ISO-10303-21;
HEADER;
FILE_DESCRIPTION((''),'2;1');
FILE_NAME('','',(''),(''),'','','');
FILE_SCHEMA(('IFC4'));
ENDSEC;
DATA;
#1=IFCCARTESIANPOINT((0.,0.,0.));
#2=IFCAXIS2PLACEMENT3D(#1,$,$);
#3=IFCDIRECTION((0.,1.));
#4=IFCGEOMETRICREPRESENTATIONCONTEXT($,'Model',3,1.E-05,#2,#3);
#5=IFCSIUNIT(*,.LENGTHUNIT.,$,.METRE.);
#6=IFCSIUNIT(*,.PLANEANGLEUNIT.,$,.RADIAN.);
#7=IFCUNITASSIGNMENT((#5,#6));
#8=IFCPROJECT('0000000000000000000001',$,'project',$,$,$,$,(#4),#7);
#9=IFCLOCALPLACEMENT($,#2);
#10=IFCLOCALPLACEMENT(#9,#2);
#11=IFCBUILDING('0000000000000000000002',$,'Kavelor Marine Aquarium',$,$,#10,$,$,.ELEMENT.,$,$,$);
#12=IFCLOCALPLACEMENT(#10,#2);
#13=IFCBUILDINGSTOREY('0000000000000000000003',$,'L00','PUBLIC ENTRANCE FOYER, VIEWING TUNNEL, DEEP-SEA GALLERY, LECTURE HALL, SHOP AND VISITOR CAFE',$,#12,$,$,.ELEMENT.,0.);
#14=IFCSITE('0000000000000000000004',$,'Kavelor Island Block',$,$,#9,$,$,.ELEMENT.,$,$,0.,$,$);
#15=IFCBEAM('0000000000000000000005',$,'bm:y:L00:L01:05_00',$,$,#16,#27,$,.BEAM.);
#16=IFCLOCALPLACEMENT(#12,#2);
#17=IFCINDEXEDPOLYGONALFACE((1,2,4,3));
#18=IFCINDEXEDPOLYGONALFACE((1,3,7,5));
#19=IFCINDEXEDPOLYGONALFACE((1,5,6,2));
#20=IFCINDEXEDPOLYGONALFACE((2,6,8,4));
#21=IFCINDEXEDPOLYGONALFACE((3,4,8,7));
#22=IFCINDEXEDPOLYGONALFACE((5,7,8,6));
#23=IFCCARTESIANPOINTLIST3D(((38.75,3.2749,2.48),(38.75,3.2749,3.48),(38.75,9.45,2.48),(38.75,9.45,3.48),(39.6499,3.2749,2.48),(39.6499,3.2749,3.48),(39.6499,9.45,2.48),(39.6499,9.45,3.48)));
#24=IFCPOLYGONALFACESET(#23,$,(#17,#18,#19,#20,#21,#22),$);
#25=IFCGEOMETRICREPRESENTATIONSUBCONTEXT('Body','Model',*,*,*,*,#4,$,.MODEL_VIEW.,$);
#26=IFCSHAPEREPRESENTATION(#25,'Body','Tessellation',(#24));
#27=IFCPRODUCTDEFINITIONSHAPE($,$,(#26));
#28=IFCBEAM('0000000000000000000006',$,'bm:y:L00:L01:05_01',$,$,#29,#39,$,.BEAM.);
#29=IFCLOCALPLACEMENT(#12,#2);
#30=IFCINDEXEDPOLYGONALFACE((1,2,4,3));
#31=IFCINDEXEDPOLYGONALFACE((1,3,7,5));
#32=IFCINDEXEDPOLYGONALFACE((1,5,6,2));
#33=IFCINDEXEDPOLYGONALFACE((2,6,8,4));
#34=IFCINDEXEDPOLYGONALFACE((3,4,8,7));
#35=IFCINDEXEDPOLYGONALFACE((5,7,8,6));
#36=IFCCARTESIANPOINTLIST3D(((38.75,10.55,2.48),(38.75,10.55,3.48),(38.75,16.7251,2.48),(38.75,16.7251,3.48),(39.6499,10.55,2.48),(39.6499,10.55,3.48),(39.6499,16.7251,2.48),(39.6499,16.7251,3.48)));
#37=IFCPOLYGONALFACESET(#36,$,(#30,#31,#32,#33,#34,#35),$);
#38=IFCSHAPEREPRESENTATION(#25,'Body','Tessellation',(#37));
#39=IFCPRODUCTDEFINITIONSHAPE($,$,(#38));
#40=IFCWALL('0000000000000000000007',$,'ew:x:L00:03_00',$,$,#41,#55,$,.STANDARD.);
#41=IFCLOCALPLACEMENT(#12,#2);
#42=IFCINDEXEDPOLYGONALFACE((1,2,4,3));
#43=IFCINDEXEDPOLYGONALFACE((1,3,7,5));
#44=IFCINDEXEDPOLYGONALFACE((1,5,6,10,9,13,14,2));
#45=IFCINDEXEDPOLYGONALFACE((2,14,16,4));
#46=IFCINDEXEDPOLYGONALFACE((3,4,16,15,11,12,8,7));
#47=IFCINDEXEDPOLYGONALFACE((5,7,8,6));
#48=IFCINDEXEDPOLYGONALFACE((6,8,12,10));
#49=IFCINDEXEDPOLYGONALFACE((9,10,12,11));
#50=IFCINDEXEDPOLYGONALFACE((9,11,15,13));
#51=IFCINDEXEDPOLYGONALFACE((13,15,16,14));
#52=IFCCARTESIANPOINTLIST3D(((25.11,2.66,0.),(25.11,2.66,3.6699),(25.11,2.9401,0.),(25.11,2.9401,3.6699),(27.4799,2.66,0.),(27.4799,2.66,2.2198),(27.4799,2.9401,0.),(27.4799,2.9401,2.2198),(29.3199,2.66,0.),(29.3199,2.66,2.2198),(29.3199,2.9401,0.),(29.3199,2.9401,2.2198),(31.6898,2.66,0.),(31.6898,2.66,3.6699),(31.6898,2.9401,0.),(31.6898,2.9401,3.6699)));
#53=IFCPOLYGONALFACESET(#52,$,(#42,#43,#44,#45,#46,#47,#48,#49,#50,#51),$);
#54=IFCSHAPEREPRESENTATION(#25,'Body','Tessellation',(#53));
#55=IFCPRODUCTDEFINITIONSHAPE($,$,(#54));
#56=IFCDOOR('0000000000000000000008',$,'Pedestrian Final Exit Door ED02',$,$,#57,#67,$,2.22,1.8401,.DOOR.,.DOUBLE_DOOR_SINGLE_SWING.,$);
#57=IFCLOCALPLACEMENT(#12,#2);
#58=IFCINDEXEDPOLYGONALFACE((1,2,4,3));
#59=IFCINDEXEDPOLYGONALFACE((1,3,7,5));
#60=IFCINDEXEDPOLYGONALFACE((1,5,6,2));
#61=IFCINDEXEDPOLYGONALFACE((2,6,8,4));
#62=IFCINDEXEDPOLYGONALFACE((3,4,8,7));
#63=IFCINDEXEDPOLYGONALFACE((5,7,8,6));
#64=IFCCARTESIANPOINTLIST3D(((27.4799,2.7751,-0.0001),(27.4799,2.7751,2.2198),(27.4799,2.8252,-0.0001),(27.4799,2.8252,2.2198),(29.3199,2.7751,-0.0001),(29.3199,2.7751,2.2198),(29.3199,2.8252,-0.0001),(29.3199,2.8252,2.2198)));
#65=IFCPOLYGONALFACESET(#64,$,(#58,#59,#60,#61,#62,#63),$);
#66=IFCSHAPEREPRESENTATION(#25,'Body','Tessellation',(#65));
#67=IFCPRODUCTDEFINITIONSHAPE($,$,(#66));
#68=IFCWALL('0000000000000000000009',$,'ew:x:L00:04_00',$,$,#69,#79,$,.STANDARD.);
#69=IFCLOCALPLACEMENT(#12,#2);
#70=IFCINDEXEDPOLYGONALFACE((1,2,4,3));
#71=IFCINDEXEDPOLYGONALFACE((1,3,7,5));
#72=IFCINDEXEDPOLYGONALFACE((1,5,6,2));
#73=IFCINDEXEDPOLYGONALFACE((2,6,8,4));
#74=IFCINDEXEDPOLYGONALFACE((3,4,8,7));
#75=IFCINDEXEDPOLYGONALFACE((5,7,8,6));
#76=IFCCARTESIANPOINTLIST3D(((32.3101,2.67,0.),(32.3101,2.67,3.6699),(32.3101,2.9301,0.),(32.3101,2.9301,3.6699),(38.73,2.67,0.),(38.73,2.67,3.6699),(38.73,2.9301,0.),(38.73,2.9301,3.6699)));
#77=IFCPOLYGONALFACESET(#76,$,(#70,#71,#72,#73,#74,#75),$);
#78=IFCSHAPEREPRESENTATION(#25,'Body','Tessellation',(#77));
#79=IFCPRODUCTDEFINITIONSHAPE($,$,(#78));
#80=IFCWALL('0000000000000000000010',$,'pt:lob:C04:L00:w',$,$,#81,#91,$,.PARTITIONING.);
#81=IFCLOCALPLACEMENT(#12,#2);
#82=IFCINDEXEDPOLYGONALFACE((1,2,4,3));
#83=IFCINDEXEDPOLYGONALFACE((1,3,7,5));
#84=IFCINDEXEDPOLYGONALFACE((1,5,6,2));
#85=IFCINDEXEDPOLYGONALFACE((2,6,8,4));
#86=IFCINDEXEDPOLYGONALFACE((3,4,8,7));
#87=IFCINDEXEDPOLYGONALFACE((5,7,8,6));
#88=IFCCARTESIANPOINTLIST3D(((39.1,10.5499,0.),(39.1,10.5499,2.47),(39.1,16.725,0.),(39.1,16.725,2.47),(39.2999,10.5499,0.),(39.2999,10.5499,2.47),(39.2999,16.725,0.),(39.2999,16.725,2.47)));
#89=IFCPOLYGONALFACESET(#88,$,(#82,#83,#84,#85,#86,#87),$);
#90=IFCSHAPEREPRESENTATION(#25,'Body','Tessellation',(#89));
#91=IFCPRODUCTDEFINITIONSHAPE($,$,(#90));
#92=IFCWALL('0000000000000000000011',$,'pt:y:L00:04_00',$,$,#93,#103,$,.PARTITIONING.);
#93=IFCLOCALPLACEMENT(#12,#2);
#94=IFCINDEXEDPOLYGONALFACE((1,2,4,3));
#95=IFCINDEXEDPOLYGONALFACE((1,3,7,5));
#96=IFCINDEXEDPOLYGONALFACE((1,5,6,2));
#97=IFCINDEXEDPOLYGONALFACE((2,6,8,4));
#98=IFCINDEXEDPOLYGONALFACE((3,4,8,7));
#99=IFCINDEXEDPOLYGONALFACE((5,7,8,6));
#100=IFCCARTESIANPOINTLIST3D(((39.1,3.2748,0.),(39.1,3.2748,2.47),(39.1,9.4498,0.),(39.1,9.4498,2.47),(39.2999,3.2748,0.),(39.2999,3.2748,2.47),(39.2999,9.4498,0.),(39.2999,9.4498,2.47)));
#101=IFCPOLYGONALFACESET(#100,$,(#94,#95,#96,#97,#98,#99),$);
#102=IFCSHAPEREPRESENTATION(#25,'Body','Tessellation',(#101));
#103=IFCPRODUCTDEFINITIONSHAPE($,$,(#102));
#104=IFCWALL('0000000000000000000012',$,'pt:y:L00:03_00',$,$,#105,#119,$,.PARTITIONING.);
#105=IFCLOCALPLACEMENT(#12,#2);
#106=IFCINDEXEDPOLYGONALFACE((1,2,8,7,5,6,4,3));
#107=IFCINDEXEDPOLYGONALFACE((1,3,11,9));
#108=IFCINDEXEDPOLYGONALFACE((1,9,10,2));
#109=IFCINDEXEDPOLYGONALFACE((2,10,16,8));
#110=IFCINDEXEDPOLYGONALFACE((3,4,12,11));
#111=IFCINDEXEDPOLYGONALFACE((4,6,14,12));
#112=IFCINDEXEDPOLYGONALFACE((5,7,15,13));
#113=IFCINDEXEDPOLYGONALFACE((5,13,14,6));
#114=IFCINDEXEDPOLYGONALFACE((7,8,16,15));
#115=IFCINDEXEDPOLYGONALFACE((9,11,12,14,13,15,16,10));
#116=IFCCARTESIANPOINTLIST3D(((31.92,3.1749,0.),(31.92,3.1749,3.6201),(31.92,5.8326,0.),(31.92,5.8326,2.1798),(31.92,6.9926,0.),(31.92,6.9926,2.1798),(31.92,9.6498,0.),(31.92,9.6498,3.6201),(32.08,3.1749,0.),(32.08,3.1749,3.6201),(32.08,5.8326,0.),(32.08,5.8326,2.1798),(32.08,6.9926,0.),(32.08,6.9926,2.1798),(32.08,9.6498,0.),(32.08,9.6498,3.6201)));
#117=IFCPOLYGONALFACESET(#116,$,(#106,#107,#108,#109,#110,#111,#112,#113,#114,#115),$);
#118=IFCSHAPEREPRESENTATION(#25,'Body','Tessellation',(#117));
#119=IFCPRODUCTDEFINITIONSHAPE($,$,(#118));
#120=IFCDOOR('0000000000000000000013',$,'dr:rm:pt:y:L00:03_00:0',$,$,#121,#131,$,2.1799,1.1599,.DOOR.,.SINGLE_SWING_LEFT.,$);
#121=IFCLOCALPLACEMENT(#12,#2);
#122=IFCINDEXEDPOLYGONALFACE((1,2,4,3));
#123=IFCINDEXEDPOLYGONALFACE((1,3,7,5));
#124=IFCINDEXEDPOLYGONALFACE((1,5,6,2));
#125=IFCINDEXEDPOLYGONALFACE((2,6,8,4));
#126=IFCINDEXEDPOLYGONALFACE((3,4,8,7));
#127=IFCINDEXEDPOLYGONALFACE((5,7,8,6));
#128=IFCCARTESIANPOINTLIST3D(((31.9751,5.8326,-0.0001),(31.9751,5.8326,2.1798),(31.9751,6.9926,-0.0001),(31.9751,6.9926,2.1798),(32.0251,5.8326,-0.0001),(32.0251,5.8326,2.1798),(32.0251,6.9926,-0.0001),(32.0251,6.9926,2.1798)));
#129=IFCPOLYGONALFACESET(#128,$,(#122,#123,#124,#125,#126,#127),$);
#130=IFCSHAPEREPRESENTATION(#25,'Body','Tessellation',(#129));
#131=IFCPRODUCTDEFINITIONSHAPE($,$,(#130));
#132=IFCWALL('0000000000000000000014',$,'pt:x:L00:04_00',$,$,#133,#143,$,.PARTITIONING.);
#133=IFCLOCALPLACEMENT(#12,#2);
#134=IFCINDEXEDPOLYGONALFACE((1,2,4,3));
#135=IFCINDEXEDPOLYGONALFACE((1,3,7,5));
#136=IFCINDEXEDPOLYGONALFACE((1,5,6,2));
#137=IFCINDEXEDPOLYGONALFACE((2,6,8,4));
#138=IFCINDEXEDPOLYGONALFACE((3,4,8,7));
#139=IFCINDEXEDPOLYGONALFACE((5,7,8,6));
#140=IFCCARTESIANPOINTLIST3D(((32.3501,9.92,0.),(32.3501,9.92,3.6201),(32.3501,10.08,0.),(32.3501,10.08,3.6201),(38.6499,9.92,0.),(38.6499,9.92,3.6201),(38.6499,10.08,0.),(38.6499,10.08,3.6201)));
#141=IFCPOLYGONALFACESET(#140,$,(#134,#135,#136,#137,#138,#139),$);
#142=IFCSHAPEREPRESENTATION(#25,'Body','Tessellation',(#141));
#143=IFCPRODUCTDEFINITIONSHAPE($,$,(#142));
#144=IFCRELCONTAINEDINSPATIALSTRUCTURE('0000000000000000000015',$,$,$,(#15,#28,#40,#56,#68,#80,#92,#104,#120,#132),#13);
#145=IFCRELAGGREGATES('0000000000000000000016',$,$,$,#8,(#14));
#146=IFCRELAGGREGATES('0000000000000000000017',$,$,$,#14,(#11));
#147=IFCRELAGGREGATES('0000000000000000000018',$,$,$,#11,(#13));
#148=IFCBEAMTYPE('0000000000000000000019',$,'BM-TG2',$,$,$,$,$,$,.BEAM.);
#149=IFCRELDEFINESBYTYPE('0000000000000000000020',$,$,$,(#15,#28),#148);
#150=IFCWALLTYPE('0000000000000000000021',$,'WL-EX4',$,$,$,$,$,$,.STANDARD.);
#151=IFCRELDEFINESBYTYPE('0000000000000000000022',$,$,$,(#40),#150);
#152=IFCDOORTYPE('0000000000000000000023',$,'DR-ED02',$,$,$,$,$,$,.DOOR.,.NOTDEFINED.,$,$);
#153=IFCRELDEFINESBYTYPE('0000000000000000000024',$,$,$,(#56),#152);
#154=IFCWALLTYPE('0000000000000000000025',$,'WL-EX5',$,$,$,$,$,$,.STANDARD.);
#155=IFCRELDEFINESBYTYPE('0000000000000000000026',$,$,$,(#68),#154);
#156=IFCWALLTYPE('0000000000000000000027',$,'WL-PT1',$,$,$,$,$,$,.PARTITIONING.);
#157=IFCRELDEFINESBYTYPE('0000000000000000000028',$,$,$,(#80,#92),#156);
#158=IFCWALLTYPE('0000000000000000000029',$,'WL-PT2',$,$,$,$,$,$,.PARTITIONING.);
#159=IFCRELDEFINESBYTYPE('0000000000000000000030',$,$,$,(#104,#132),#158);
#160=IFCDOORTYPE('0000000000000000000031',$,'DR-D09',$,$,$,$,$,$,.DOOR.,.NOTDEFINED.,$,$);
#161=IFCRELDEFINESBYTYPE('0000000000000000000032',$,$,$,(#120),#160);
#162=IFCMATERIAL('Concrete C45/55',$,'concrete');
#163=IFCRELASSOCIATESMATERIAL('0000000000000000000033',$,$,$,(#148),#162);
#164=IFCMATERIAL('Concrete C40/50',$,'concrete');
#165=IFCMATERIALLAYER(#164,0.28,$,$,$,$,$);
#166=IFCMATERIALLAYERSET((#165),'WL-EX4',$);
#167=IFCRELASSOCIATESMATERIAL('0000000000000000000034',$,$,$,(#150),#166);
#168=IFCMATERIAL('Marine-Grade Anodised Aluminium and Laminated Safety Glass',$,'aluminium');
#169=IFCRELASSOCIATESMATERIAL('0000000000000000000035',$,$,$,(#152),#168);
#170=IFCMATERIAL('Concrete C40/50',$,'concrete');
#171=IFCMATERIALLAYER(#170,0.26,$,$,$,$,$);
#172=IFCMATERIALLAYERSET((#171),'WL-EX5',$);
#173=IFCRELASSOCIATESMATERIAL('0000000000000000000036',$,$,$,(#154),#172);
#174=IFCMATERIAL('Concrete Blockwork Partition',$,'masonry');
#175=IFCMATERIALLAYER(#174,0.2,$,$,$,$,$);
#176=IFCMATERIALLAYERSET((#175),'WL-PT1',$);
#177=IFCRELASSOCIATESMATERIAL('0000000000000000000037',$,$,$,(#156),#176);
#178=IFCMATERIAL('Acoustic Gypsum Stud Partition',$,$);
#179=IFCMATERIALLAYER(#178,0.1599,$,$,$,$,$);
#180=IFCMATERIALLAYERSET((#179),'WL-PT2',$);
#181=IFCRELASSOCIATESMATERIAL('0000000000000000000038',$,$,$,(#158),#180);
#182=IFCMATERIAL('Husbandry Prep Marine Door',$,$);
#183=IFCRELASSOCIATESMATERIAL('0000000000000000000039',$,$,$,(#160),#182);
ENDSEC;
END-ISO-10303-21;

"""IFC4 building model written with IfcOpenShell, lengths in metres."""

from ifc_helpers import new_model, si_unit, direction, frame, frame_2d, origin, origin_2d, place, context, subcontext, project, spatial, rectangle, extrude, material, layer, layer_set, material_profile, profile_set, type_object, element, fill, save


model = new_model("IFC4")

# Units and contexts
model_context = context("Model", 3, precision=1e-05, world=origin(), true_north=direction((0.0, 1.0)))
body_context = subcontext(model_context, "Body", "Model", "MODEL_VIEW")
ifc_project = project(units=[si_unit("LENGTHUNIT", "METRE"), si_unit("PLANEANGLEUNIT", "RADIAN")], contexts=[model_context])

# Site, building, storey
site_placement = place(None, origin())
site = spatial("IfcSite", under=ifc_project, at=site_placement, Name="Kavelor Island Block", CompositionType="ELEMENT", RefElevation=0.0)
building_placement = place(site_placement, origin())
building = spatial("IfcBuilding", under=site, at=building_placement, Name="Kavelor Marine Aquarium", CompositionType="ELEMENT")
storey_placement = place(building_placement, origin())
storey = spatial("IfcBuildingStorey", under=building, at=storey_placement, Name="L00", Description="PUBLIC ENTRANCE FOYER, VIEWING TUNNEL, DEEP-SEA GALLERY, LECTURE HALL, SHOP AND VISITOR CAFE", CompositionType="ELEMENT", Elevation=0.0)

# Beams
ifc_material_1 = material(Name="Concrete C45/55", Category="concrete")
ifc_material_profile_1 = material_profile(ifc_material_1, rectangle(XDim=0.8999, YDim=1.0, at=origin_2d()), Name="RC-TG 900x1000")
ifc_profile_set_1 = profile_set([ifc_material_profile_1], Name="Concrete C45/55")
beam_type_1 = type_object("IfcBeamType", Name="BM-TG2", PredefinedType="BEAM", material=ifc_profile_set_1)
for number, where, z_axis, x_axis, name in (
    (1, (39.2, 3.2749, 2.98), (0.0, 1.0, 0.0), (-1.0, 0.0, 0.0), "bm:y:L00:L01:05_00"),
    (2, (39.2, 10.55, 2.98), (0.0, 1.0, 0.0), (-1.0, 0.0, 0.0), "bm:y:L00:L01:05_01"),
):
    element("IfcBeam", number, at=place(storey_placement, frame(where, z_axis=z_axis, x_axis=x_axis)), inside=storey, type_object=beam_type_1, Name=name, PredefinedType="BEAM", context=body_context, shape_type="SweptSolid", body=[
        extrude(rectangle(XDim=0.8999, YDim=1.0, at=origin_2d()), origin(), (0.0, 0.0, 1.0), 6.175),
    ])

# Wall, opening, door
ifc_material_2 = material(Name="Concrete C40/50", Category="concrete")
ifc_layer_1 = layer(ifc_material_2, 0.28)
ifc_layer_set_1 = layer_set([ifc_layer_1], Name="WL-EX4")
wall_type_1 = type_object("IfcWallType", Name="WL-EX4", PredefinedType="STANDARD", material=ifc_layer_set_1)
wall_1_placement = place(storey_placement, frame((31.6899, 2.8, 0.0), z_axis=(0.0, 0.0, 1.0), x_axis=(-1.0, 0.0, 0.0)))
wall_1 = element("IfcWall", 3, at=wall_1_placement, inside=storey, type_object=wall_type_1, Name="ew:x:L00:03_00", PredefinedType="STANDARD", context=body_context, shape_type="SweptSolid", body=[
    extrude(rectangle(XDim=6.5798, YDim=0.28, at=frame_2d((3.29, 0.0))), origin(), (0.0, 0.0, 1.0), 3.6699),
])
opening_1_placement = place(wall_1_placement, frame((2.3701, 0.0, 0.0)))
opening_1 = element("IfcOpeningElement", 4, at=opening_1_placement, cuts=wall_1, PredefinedType="OPENING", context=body_context, shape_type="SweptSolid", body=[
    extrude(rectangle(XDim=1.8401, YDim=2.22, at=frame_2d((0.9199, 1.1099))), frame((0.0, 0.1499, 0.0), z_axis=(0.0, -1.0, 0.0), x_axis=(1.0, 0.0, 0.0)), (0.0, 0.0, 1.0), 0.3),
])
ifc_material_3 = material(Name="Marine-Grade Anodised Aluminium and Laminated Safety Glass", Category="aluminium")
door_type_1 = type_object("IfcDoorType", Name="DR-ED02", OperationType="NOTDEFINED", PredefinedType="DOOR", material=ifc_material_3)
door_1_placement = place(opening_1_placement, origin())
door_1 = element("IfcDoor", 5, at=door_1_placement, inside=storey, type_object=door_type_1, Name="Pedestrian Final Exit Door ED02", OperationType="DOUBLE_DOOR_SINGLE_SWING", OverallHeight=2.22, OverallWidth=1.8401, PredefinedType="DOOR", context=body_context, shape_type="SweptSolid", body=[
    extrude(rectangle(XDim=1.8401, YDim=2.22, at=frame_2d((0.9199, 1.1099))), frame((0.0, 0.0249, 0.0), z_axis=(0.0, -1.0, 0.0), x_axis=(1.0, 0.0, 0.0)), (0.0, 0.0, 1.0), 0.05),
])
fill(opening_1, door_1)

# Walls
ifc_material_4 = material(Name="Concrete C40/50", Category="concrete")
ifc_layer_2 = layer(ifc_material_4, 0.26)
ifc_layer_set_2 = layer_set([ifc_layer_2], Name="WL-EX5")
wall_type_2 = type_object("IfcWallType", Name="WL-EX5", PredefinedType="STANDARD", material=ifc_layer_set_2)
wall_2_placement = place(storey_placement, frame((38.73, 2.8, 0.0), z_axis=(0.0, 0.0, 1.0), x_axis=(-1.0, 0.0, 0.0)))
element("IfcWall", 6, at=wall_2_placement, inside=storey, type_object=wall_type_2, Name="ew:x:L00:04_00", PredefinedType="STANDARD", context=body_context, shape_type="SweptSolid", body=[
    extrude(rectangle(XDim=6.4199, YDim=0.26, at=frame_2d((3.21, 0.0))), origin(), (0.0, 0.0, 1.0), 3.6699),
])
ifc_material_5 = material(Name="Concrete Blockwork Partition", Category="masonry")
ifc_layer_3 = layer(ifc_material_5, 0.2)
ifc_layer_set_3 = layer_set([ifc_layer_3], Name="WL-PT1")
wall_type_3 = type_object("IfcWallType", Name="WL-PT1", PredefinedType="PARTITIONING", material=ifc_layer_set_3)
for number, where, z_axis, x_axis, name in (
    (7, (39.2, 10.55, 0.0), (0.0, 0.0, 1.0), (0.0, 1.0, 0.0), "pt:lob:C04:L00:w"),
    (8, (39.2, 3.2749, 0.0), (0.0, 0.0, 1.0), (0.0, 1.0, 0.0), "pt:y:L00:04_00"),
):
    element("IfcWall", number, at=place(storey_placement, frame(where, z_axis=z_axis, x_axis=x_axis)), inside=storey, type_object=wall_type_3, Name=name, PredefinedType="PARTITIONING", context=body_context, shape_type="SweptSolid", body=[
        extrude(rectangle(XDim=6.175, YDim=0.2, at=frame_2d((3.0874, 0.0))), origin(), (0.0, 0.0, 1.0), 2.47),
    ])

# Wall, opening, door
ifc_material_6 = material(Name="Acoustic Gypsum Stud Partition")
ifc_layer_4 = layer(ifc_material_6, 0.1599)
ifc_layer_set_4 = layer_set([ifc_layer_4], Name="WL-PT2")
wall_type_4 = type_object("IfcWallType", Name="WL-PT2", PredefinedType="PARTITIONING", material=ifc_layer_set_4)
wall_3_placement = place(storey_placement, frame((32.0, 3.175, 0.0), z_axis=(0.0, 0.0, 1.0), x_axis=(0.0, 1.0, 0.0)))
wall_3 = element("IfcWall", 9, at=wall_3_placement, inside=storey, type_object=wall_type_4, Name="pt:y:L00:03_00", PredefinedType="PARTITIONING", context=body_context, shape_type="SweptSolid", body=[
    extrude(rectangle(XDim=6.4749, YDim=0.1599, at=frame_2d((3.2373, 0.0))), origin(), (0.0, 0.0, 1.0), 3.6201),
])
opening_2_placement = place(wall_3_placement, frame((2.6575, 0.0, 0.0)))
opening_2 = element("IfcOpeningElement", 10, at=opening_2_placement, cuts=wall_3, PredefinedType="OPENING", context=body_context, shape_type="SweptSolid", body=[
    extrude(rectangle(XDim=1.1599, YDim=2.1799, at=frame_2d((0.5801, 1.0898))), frame((0.0, 0.0898, 0.0), z_axis=(0.0, -1.0, 0.0), x_axis=(1.0, 0.0, 0.0)), (0.0, 0.0, 1.0), 0.1799),
])
ifc_material_7 = material(Name="Husbandry Prep Marine Door")
door_type_2 = type_object("IfcDoorType", Name="DR-D09", OperationType="NOTDEFINED", PredefinedType="DOOR", material=ifc_material_7)
door_2_placement = place(opening_2_placement, origin())
door_2 = element("IfcDoor", 11, at=door_2_placement, inside=storey, type_object=door_type_2, Name="dr:rm:pt:y:L00:03_00:0", OperationType="SINGLE_SWING_LEFT", OverallHeight=2.1799, OverallWidth=1.1599, PredefinedType="DOOR", context=body_context, shape_type="SweptSolid", body=[
    extrude(rectangle(XDim=1.1599, YDim=2.1799, at=frame_2d((0.5801, 1.0898))), frame((0.0, 0.0249, 0.0), z_axis=(0.0, -1.0, 0.0), x_axis=(1.0, 0.0, 0.0)), (0.0, 0.0, 1.0), 0.05),
])
fill(opening_2, door_2)

# Wall
wall_4_placement = place(storey_placement, frame((32.3501, 10.0, 0.0), z_axis=(0.0, 0.0, 1.0), x_axis=(1.0, 0.0, 0.0)))
element("IfcWall", 12, at=wall_4_placement, inside=storey, type_object=wall_type_4, Name="pt:x:L00:04_00", PredefinedType="PARTITIONING", context=body_context, shape_type="SweptSolid", body=[
    extrude(rectangle(XDim=6.2998, YDim=0.1599, at=frame_2d((3.1499, 0.0))), origin(), (0.0, 0.0, 1.0), 3.6201),
])

save(model, "model.ifc")
